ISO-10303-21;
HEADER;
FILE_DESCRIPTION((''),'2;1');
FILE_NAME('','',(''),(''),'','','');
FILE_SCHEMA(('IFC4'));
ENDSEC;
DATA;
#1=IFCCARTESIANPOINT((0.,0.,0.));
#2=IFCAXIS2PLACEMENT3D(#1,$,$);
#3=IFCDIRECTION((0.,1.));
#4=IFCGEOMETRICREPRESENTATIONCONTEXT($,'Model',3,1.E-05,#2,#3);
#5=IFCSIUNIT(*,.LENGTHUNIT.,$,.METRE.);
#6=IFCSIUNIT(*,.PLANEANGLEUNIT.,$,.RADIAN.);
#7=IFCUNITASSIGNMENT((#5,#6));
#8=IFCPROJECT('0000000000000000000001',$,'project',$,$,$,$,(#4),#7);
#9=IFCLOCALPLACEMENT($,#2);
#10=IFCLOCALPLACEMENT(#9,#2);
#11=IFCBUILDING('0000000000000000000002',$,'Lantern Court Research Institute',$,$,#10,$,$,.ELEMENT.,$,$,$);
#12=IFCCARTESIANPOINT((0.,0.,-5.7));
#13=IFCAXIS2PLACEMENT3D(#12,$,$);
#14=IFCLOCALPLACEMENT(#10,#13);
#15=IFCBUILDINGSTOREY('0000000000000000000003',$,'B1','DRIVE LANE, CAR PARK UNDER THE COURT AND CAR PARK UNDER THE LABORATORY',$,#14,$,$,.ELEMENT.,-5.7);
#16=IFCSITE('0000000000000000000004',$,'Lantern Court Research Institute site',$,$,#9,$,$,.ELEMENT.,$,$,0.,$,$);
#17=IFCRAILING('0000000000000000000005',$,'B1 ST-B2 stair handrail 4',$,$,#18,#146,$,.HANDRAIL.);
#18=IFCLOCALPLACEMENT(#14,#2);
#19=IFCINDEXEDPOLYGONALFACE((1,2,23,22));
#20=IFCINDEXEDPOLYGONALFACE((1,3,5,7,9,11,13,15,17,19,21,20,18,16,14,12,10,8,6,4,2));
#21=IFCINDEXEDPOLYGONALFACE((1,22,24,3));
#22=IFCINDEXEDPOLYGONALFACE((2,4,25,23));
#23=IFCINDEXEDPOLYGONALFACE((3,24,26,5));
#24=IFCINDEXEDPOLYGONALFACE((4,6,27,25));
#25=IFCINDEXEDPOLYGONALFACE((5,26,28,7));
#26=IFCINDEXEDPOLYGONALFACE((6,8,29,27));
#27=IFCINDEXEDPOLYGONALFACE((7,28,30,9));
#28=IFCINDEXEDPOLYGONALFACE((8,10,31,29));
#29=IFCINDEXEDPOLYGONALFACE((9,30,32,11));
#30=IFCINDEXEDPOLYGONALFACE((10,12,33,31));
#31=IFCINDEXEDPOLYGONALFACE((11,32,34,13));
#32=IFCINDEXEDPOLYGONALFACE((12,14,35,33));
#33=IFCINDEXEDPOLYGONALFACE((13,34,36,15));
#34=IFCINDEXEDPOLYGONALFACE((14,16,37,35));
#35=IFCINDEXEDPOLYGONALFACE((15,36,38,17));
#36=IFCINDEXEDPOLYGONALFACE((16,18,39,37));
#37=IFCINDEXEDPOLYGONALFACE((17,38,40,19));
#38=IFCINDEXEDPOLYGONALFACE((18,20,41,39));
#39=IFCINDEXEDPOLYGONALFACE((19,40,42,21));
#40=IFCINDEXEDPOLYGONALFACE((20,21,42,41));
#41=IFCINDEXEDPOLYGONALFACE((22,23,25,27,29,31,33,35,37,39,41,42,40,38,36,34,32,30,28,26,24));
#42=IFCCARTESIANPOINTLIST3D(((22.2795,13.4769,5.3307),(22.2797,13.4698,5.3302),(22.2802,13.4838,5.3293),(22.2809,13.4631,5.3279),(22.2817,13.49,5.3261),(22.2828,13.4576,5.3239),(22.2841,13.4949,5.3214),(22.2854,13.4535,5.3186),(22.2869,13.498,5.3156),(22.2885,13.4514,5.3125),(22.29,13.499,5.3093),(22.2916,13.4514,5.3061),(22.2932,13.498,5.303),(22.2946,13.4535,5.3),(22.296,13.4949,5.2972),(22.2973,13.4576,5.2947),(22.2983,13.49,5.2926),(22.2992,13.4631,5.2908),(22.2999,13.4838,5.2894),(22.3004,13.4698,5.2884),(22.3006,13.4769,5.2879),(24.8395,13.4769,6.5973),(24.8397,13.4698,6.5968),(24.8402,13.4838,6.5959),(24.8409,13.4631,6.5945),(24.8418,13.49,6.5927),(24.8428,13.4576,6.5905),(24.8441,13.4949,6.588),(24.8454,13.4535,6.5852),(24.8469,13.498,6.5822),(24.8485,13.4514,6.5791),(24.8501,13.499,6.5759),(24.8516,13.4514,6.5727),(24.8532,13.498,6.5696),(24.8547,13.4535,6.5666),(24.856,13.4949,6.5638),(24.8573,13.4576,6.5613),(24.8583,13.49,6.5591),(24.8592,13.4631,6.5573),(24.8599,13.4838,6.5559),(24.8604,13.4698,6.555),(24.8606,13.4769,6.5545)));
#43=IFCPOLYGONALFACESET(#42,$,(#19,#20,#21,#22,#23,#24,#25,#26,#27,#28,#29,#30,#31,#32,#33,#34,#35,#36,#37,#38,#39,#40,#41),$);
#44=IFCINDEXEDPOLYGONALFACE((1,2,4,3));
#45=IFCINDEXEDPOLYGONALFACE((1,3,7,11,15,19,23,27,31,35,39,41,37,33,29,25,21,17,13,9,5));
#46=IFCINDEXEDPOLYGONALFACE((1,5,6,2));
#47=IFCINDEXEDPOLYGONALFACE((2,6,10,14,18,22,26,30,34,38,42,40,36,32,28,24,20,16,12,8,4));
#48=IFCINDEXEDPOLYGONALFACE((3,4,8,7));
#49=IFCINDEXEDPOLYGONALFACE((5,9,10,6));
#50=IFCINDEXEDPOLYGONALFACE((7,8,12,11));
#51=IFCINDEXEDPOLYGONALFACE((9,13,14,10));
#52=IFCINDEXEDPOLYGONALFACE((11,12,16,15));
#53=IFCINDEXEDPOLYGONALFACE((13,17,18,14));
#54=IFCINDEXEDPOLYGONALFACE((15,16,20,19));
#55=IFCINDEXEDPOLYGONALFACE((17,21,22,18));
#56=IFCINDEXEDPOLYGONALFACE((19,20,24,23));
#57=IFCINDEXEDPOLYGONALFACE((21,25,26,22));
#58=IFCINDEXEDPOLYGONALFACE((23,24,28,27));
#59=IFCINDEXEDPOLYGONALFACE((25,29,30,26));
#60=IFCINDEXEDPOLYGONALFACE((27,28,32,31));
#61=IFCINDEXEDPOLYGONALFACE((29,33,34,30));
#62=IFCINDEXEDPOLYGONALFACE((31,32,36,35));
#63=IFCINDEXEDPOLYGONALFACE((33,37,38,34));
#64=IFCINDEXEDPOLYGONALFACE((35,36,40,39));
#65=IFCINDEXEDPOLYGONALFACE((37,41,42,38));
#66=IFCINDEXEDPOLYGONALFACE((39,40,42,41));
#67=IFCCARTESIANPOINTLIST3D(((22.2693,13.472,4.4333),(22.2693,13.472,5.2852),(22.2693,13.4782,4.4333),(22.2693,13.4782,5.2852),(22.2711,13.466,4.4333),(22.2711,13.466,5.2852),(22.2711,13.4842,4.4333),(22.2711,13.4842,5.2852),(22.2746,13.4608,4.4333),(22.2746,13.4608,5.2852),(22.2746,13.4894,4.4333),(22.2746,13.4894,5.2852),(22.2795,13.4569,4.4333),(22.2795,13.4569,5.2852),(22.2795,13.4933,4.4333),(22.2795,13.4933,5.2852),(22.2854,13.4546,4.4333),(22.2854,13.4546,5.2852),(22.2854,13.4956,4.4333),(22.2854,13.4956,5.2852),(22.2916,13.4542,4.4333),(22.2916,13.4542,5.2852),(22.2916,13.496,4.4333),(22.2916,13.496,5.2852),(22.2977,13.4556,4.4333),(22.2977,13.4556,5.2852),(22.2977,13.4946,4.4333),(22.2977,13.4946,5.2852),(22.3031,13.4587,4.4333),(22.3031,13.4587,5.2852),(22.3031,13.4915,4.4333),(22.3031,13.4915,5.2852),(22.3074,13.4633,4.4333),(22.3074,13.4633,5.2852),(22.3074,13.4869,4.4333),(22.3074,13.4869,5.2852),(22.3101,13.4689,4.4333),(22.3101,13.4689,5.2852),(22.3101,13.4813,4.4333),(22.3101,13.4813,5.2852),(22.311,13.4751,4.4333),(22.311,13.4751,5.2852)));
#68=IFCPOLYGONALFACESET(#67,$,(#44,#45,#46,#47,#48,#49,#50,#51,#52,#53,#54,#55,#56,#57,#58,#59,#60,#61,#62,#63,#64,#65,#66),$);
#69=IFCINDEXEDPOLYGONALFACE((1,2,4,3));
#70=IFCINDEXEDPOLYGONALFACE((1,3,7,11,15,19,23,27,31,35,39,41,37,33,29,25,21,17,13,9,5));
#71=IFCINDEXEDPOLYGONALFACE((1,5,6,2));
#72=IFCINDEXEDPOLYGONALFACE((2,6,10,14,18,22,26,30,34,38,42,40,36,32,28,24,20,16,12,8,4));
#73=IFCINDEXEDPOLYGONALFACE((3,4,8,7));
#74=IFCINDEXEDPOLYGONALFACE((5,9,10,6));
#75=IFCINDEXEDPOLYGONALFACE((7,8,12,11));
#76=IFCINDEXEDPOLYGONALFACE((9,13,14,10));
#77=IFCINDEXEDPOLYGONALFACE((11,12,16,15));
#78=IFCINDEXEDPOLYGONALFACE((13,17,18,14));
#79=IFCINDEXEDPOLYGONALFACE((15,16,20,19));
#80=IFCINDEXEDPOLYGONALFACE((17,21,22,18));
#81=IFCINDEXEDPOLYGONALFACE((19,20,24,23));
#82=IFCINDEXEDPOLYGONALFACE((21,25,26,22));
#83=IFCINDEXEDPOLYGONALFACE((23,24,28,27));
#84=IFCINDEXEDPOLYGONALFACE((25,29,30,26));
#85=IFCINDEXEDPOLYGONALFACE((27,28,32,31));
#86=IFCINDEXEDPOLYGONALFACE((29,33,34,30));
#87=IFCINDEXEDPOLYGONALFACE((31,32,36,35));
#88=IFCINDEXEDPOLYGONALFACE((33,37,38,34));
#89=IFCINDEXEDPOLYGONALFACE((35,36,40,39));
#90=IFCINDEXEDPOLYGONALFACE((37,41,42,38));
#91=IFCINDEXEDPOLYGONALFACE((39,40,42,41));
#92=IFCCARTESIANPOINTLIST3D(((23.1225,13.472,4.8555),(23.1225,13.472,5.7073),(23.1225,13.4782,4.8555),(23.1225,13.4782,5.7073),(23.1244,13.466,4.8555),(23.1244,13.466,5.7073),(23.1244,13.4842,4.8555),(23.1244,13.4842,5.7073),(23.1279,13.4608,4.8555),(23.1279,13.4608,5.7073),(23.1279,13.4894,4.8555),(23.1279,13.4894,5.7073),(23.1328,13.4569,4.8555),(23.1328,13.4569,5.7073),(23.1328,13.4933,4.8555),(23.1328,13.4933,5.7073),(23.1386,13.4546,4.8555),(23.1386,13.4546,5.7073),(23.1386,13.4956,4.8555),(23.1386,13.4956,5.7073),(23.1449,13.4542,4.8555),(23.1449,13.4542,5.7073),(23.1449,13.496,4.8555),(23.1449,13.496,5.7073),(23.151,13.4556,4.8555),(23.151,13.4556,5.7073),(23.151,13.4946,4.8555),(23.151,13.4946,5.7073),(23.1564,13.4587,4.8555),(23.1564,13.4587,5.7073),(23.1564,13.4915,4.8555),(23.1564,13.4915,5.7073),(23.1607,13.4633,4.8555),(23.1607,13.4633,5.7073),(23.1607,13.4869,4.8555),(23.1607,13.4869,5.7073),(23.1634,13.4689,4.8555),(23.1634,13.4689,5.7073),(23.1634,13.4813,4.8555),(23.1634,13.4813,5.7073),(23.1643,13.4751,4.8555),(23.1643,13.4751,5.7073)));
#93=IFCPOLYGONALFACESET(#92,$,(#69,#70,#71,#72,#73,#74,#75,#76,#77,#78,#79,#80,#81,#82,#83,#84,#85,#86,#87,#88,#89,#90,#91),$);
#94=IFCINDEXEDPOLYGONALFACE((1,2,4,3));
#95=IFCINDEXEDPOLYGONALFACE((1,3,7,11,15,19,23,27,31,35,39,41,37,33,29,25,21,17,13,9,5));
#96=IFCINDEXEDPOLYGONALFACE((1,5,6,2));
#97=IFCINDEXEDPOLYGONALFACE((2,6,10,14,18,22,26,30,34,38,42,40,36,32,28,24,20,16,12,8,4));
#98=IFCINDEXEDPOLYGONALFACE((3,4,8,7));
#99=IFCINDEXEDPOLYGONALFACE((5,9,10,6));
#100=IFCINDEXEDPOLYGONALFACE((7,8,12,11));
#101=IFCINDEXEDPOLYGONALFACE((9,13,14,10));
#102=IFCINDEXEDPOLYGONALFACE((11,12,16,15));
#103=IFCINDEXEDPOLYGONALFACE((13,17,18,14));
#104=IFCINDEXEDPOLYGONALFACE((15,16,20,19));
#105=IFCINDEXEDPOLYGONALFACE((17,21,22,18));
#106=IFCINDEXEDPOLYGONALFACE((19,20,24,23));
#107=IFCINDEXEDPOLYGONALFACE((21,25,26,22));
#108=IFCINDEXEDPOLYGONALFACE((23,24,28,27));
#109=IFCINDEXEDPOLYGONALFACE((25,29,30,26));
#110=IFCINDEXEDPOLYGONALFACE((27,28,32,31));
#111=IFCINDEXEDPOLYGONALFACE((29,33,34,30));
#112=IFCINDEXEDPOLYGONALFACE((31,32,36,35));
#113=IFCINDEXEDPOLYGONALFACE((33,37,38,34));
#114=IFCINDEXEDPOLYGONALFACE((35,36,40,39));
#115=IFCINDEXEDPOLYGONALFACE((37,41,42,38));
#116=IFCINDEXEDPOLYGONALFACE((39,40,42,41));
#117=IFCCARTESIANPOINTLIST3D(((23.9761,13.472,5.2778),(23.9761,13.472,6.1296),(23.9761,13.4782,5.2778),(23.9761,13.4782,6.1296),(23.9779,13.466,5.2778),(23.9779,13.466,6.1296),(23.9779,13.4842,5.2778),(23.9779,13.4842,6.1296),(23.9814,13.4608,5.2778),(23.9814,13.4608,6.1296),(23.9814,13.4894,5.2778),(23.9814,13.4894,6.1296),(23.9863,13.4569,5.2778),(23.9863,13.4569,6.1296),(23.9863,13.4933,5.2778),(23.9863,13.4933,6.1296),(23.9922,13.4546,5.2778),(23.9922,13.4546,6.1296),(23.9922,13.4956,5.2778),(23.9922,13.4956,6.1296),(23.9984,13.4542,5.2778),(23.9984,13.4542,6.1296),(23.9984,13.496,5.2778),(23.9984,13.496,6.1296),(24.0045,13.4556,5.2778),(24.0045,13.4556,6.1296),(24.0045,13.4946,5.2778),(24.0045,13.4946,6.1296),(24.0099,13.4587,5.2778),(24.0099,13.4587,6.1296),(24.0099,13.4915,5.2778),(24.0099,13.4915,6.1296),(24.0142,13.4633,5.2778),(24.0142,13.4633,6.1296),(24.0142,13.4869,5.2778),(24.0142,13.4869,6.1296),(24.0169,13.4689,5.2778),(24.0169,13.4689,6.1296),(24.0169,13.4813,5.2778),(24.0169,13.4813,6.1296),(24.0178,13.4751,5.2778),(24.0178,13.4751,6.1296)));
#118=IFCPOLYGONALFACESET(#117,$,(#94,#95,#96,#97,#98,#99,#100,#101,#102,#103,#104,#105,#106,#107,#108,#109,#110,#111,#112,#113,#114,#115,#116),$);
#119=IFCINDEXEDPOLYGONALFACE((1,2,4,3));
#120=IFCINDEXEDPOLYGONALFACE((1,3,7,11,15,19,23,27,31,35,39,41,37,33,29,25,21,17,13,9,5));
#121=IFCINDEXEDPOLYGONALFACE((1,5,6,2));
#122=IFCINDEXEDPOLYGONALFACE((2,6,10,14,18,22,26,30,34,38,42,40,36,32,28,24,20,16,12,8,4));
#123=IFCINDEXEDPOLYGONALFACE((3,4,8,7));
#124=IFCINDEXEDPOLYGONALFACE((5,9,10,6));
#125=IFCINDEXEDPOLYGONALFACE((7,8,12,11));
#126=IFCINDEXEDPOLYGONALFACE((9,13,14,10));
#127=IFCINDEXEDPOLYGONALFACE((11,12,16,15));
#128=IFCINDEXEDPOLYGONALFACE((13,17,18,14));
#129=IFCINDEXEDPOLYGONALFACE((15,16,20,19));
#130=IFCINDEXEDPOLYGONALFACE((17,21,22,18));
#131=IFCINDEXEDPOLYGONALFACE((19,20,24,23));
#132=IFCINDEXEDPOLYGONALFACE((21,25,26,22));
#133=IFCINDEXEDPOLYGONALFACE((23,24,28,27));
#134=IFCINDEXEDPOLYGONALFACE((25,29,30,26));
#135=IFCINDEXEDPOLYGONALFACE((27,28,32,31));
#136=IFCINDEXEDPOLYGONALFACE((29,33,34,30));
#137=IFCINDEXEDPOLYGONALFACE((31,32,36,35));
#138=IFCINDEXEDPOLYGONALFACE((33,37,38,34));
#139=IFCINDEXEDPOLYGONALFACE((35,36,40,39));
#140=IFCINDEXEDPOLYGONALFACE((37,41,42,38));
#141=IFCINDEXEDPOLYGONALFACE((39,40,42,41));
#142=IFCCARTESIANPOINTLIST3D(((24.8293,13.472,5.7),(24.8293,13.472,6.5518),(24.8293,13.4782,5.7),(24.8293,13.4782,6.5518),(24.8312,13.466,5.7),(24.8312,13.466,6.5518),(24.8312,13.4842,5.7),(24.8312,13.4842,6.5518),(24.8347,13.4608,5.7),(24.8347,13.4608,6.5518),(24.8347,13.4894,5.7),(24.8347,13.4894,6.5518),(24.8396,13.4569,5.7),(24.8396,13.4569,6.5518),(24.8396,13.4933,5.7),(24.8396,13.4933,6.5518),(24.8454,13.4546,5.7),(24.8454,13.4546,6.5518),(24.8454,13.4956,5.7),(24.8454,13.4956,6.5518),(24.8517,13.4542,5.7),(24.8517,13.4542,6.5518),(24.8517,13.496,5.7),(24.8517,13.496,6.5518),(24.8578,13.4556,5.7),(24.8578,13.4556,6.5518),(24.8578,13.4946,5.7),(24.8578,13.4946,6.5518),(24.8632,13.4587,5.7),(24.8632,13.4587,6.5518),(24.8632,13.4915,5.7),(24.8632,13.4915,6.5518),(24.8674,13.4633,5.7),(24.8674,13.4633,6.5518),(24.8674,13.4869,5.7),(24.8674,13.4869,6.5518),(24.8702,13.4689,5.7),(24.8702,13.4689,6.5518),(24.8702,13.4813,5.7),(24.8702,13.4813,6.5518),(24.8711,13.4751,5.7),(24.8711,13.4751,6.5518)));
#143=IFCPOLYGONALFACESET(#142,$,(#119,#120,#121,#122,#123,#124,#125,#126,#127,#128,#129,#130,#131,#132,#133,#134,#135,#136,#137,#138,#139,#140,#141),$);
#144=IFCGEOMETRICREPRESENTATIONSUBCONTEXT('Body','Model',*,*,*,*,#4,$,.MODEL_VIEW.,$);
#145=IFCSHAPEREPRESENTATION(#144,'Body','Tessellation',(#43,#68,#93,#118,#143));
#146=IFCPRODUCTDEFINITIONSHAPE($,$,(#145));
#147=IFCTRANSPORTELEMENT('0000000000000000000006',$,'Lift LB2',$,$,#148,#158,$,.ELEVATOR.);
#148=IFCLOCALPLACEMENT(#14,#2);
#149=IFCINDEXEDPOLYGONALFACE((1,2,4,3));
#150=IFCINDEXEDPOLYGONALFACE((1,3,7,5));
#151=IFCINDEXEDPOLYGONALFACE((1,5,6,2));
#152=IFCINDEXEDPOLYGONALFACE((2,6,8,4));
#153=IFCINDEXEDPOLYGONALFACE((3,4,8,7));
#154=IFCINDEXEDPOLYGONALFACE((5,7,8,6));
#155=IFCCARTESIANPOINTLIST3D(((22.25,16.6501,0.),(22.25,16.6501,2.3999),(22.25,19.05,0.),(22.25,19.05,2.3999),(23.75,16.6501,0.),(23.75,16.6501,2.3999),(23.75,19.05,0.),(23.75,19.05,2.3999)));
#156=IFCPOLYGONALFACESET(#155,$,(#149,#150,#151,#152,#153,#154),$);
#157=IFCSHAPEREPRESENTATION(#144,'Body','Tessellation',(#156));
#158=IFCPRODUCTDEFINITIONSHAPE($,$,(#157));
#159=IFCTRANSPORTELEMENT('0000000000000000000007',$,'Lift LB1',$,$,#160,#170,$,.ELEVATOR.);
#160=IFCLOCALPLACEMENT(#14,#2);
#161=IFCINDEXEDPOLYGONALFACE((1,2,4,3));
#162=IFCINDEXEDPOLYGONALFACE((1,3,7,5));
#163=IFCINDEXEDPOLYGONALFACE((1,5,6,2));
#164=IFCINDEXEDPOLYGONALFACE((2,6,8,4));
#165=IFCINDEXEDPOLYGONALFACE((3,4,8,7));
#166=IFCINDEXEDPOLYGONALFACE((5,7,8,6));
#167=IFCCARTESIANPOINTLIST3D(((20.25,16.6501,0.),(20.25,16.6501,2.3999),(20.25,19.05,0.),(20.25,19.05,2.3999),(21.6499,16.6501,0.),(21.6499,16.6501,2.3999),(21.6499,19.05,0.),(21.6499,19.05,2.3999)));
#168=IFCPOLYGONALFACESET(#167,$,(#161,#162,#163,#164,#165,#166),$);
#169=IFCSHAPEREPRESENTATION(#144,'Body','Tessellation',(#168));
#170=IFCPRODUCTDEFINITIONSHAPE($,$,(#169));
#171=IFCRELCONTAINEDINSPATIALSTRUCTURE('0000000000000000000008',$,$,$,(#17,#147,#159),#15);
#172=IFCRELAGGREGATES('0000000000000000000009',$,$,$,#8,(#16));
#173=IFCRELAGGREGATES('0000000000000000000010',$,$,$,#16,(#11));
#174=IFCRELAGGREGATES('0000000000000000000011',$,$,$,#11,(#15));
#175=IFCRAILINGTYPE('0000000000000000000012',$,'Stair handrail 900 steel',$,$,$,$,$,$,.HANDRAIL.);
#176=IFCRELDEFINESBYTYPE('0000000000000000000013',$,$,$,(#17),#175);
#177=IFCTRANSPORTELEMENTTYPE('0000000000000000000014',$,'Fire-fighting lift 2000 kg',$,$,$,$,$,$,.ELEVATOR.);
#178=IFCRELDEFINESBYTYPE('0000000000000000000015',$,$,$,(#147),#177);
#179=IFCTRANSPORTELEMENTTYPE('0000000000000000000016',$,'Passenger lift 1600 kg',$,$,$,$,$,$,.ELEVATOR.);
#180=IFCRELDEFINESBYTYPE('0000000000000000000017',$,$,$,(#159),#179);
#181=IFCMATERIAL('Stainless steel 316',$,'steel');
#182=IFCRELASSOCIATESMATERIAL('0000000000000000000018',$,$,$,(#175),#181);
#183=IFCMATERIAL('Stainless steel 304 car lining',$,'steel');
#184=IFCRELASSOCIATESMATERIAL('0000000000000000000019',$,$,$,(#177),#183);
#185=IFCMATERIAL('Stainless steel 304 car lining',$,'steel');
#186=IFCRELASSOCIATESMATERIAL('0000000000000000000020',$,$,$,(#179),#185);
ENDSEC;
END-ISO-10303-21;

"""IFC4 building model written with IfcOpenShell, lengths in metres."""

from ifc_helpers import new_model, si_unit, direction, frame, origin, origin_2d, place, context, subcontext, project, spatial, rectangle, circle, extrude, material, type_object, element, save


model = new_model("IFC4")

# Units and contexts
model_context = context("Model", 3, precision=1e-05, world=origin(), true_north=direction((0.0, 1.0)))
body_context = subcontext(model_context, "Body", "Model", "MODEL_VIEW")
ifc_project = project(units=[si_unit("LENGTHUNIT", "METRE"), si_unit("PLANEANGLEUNIT", "RADIAN")], contexts=[model_context])

# Site, building, storey
site_placement = place(None, origin())
site = spatial("IfcSite", under=ifc_project, at=site_placement, Name="Lantern Court Research Institute site", CompositionType="ELEMENT", RefElevation=0.0)
building_placement = place(site_placement, origin())
building = spatial("IfcBuilding", under=site, at=building_placement, Name="Lantern Court Research Institute", CompositionType="ELEMENT")
storey_placement = place(building_placement, frame((0.0, 0.0, -5.7)))
storey = spatial("IfcBuildingStorey", under=building, at=storey_placement, Name="B1", Description="DRIVE LANE, CAR PARK UNDER THE COURT AND CAR PARK UNDER THE LABORATORY", CompositionType="ELEMENT", Elevation=-5.7)

# Railing
ifc_material_1 = material(Name="Stainless steel 316", Category="steel")
railing_type_1 = type_object("IfcRailingType", Name="Stair handrail 900 steel", PredefinedType="HANDRAIL", material=ifc_material_1)
for number, where, name in (
    (1, (22.29, 13.4751, 4.4333), "B1 ST-B2 stair handrail 4"),
):
    element("IfcRailing", number, at=place(storey_placement, frame(where)), inside=storey, type_object=railing_type_1, Name=name, PredefinedType="HANDRAIL", context=body_context, shape_type="SweptSolid", body=[
        extrude(circle(Radius=0.0239, at=origin_2d()), frame((0.0, 0.0, 0.876), z_axis=(0.8963, 0.0, 0.443449), x_axis=(0.0, 1.0, 0.0)), (0.0, 0.0, 1.0), 2.8562),
        extrude(circle(Radius=0.021, at=origin_2d()), origin(), (0.0, 0.0, 1.0), 0.8518),
        extrude(circle(Radius=0.021, at=origin_2d()), frame((0.8533, 0.0, 0.4221)), (0.0, 0.0, 1.0), 0.8518),
        extrude(circle(Radius=0.021, at=origin_2d()), frame((1.7068, 0.0, 0.8445)), (0.0, 0.0, 1.0), 0.8518),
        extrude(circle(Radius=0.021, at=origin_2d()), frame((2.5601, 0.0, 1.2666)), (0.0, 0.0, 1.0), 0.8518),
    ])

# Transport elements
ifc_material_2 = material(Name="Stainless steel 304 car lining", Category="steel")
transport_element_type_1 = type_object("IfcTransportElementType", Name="Fire-fighting lift 2000 kg", PredefinedType="ELEVATOR", material=ifc_material_2)
transport_element_1_placement = place(storey_placement, frame((23.0, 17.8501, 0.0), z_axis=(0.0, 0.0, 1.0), x_axis=(1.0, 0.0, 0.0)))
element("IfcTransportElement", 2, at=transport_element_1_placement, inside=storey, type_object=transport_element_type_1, Name="Lift LB2", PredefinedType="ELEVATOR", context=body_context, shape_type="SweptSolid", body=[
    extrude(rectangle(XDim=1.5, YDim=2.3999, at=origin_2d()), origin(), (0.0, 0.0, 1.0), 2.3999),
])
ifc_material_3 = material(Name="Stainless steel 304 car lining", Category="steel")
transport_element_type_2 = type_object("IfcTransportElementType", Name="Passenger lift 1600 kg", PredefinedType="ELEVATOR", material=ifc_material_3)
transport_element_2_placement = place(storey_placement, frame((20.95, 17.8501, 0.0), z_axis=(0.0, 0.0, 1.0), x_axis=(1.0, 0.0, 0.0)))
element("IfcTransportElement", 3, at=transport_element_2_placement, inside=storey, type_object=transport_element_type_2, Name="Lift LB1", PredefinedType="ELEVATOR", context=body_context, shape_type="SweptSolid", body=[
    extrude(rectangle(XDim=1.3999, YDim=2.3999, at=origin_2d()), origin(), (0.0, 0.0, 1.0), 2.3999),
])

save(model, "model.ifc")
